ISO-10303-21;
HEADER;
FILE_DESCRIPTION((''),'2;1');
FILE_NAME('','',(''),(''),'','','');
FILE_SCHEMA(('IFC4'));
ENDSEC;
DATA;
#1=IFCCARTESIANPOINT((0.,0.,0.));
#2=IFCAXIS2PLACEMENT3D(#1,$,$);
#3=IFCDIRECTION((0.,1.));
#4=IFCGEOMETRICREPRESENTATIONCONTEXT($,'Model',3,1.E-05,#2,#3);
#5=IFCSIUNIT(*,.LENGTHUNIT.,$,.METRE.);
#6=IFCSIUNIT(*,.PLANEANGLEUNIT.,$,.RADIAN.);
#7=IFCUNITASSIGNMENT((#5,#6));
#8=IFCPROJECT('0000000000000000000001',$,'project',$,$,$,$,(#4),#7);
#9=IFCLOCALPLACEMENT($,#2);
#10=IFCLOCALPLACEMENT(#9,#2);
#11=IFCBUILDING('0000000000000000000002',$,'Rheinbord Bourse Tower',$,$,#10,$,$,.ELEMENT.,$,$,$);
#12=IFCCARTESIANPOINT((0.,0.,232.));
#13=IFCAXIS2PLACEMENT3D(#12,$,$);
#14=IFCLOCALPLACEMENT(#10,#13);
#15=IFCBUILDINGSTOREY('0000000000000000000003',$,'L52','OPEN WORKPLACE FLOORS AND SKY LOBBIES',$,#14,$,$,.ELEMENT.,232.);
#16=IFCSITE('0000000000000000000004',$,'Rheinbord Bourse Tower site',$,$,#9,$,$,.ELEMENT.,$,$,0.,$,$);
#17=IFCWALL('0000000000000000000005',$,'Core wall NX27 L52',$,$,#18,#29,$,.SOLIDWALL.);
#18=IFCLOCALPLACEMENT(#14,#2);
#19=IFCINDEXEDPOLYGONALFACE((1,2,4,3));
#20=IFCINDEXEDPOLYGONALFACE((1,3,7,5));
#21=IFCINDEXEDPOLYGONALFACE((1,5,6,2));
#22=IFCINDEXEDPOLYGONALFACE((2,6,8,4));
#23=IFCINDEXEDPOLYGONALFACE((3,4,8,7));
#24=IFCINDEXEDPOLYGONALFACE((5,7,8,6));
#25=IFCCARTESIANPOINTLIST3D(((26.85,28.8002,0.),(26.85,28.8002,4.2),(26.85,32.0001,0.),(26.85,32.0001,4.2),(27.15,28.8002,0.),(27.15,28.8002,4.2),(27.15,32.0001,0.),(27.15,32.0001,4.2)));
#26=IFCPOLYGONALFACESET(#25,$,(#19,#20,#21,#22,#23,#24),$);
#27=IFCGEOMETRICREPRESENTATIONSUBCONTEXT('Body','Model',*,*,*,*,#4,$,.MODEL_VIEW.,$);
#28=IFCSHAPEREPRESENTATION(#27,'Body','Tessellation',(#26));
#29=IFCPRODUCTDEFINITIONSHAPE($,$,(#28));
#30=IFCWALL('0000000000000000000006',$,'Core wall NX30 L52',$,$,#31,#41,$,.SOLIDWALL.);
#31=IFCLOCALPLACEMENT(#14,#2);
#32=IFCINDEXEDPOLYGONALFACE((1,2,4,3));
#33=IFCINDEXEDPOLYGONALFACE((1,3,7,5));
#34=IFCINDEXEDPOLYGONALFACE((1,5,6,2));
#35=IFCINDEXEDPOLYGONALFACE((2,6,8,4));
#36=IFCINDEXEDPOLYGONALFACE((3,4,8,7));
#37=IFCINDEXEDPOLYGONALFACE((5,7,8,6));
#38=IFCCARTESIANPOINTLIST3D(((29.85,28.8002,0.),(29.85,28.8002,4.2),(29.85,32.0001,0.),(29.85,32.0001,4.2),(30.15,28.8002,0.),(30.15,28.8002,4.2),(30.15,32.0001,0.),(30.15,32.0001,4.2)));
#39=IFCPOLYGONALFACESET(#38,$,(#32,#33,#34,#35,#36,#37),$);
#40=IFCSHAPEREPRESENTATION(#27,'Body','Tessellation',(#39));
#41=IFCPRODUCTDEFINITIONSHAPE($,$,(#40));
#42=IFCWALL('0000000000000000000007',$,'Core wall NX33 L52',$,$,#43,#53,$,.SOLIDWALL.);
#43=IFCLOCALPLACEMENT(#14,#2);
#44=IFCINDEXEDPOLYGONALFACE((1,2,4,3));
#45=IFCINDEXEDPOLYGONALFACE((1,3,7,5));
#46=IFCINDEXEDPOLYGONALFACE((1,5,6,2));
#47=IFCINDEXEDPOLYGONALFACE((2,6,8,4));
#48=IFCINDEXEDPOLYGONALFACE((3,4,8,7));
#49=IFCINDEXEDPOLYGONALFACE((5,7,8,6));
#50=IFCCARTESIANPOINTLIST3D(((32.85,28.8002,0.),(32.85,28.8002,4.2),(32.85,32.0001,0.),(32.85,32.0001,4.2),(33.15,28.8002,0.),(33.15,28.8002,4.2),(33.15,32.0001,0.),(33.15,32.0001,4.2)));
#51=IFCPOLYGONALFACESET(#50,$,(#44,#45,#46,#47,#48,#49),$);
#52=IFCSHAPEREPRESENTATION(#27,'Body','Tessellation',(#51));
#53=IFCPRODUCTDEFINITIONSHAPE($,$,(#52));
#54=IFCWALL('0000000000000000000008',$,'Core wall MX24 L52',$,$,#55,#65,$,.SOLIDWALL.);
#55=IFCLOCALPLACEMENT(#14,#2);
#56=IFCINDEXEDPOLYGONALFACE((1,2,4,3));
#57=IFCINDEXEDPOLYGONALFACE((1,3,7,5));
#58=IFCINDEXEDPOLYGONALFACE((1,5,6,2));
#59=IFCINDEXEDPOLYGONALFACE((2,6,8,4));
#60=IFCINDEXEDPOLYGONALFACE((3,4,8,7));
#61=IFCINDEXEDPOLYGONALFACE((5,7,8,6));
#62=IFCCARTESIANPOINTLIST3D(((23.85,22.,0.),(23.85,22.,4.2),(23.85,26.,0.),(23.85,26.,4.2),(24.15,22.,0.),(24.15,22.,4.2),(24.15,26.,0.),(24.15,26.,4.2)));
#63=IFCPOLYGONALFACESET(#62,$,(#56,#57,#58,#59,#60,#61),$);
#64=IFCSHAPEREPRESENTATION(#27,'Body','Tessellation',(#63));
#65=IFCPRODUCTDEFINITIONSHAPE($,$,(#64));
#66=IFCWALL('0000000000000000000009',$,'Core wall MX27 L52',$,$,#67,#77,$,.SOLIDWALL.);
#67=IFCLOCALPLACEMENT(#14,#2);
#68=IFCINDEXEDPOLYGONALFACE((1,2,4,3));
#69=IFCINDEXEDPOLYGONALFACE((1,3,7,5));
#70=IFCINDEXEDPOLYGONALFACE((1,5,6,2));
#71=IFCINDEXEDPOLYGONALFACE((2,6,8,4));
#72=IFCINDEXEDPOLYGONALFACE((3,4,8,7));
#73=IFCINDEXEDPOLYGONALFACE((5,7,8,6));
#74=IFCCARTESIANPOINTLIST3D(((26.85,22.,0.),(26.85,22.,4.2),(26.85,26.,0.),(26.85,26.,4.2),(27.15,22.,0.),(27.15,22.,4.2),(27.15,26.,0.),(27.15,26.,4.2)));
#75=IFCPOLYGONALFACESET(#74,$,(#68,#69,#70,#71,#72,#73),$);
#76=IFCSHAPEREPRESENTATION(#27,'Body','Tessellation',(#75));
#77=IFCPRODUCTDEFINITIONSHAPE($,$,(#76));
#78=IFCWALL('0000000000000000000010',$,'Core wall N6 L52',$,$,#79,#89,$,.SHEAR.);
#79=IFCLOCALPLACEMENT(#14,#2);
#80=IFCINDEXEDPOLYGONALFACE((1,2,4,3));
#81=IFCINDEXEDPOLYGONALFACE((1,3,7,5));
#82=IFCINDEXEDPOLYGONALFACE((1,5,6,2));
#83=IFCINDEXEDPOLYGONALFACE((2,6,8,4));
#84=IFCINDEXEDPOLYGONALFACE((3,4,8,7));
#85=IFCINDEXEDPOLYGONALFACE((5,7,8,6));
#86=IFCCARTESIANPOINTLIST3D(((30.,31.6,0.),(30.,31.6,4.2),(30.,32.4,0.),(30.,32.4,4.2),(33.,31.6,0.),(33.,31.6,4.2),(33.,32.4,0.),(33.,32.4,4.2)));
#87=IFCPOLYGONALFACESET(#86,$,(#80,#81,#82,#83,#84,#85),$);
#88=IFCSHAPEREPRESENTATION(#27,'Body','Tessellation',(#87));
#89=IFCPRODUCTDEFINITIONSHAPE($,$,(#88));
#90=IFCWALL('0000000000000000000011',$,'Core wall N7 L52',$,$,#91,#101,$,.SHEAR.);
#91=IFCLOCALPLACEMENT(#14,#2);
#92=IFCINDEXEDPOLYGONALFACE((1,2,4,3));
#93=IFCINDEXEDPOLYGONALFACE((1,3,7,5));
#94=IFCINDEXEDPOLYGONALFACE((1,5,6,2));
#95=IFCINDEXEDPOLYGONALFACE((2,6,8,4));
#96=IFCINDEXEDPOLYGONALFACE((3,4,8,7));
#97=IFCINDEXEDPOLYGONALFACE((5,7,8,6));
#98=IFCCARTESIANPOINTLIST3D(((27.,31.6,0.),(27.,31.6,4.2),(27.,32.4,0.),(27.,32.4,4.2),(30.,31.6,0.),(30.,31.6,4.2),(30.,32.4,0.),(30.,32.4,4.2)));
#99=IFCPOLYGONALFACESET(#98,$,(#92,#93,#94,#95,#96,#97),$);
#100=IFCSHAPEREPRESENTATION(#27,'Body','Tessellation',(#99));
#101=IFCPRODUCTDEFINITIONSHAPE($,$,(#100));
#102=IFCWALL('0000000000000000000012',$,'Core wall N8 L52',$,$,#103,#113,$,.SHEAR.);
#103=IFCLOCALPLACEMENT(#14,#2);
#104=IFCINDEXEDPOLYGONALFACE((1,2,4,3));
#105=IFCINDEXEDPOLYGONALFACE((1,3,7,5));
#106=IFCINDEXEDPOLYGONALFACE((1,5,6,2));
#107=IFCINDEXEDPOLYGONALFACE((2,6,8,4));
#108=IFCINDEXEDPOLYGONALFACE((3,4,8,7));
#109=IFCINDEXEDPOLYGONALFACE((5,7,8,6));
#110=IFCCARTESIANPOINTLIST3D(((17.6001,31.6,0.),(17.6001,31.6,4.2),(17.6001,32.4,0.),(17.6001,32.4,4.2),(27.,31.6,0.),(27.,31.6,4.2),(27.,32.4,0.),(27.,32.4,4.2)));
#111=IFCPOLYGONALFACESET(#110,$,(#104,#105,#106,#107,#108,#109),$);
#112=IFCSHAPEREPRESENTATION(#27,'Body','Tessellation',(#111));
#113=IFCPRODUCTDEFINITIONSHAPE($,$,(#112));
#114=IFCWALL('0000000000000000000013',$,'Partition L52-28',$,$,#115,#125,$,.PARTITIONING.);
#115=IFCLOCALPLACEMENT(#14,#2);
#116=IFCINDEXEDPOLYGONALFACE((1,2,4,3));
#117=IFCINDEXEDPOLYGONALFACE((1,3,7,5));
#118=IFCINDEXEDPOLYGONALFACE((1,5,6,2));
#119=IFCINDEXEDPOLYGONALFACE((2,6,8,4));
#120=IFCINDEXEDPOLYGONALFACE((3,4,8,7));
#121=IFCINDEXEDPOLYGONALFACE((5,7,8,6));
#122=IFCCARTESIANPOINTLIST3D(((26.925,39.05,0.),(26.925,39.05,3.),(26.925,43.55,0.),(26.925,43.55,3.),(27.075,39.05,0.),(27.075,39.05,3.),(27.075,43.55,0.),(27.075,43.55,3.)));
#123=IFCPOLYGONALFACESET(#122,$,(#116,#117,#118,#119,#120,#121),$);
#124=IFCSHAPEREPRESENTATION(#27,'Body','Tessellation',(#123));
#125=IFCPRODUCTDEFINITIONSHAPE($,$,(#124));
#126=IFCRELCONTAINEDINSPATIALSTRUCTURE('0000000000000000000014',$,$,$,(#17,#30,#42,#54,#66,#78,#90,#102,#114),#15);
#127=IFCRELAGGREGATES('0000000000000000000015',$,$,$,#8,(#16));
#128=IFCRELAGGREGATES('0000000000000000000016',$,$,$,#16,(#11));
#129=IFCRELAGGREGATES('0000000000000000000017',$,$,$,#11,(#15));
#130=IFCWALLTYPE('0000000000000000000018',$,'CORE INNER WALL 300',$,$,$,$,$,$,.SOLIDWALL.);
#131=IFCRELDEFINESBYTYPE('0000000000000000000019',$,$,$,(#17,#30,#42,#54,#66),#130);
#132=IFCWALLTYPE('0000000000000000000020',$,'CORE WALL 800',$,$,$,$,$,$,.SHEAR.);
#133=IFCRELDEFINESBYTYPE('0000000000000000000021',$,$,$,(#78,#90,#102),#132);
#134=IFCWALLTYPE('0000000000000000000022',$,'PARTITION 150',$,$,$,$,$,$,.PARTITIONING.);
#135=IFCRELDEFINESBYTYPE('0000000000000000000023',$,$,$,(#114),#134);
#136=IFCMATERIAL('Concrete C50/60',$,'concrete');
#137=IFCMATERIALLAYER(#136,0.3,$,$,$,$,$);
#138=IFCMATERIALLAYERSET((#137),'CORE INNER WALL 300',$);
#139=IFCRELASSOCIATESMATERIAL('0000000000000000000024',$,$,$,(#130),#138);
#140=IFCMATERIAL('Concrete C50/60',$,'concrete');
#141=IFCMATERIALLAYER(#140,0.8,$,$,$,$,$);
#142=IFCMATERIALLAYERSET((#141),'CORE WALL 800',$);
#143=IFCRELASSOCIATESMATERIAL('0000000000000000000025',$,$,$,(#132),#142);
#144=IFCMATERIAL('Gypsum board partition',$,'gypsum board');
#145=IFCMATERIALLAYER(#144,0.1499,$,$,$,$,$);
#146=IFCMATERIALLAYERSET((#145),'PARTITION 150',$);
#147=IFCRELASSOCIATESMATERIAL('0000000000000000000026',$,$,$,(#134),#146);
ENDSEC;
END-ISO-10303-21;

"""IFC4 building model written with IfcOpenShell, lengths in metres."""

from ifc_helpers import new_model, si_unit, direction, frame, frame_2d, origin, place, context, subcontext, project, spatial, rectangle, extrude, material, layer, layer_set, type_object, element, save


model = new_model("IFC4")

# Units and contexts
model_context = context("Model", 3, precision=1e-05, world=origin(), true_north=direction((0.0, 1.0)))
body_context = subcontext(model_context, "Body", "Model", "MODEL_VIEW")
ifc_project = project(units=[si_unit("LENGTHUNIT", "METRE"), si_unit("PLANEANGLEUNIT", "RADIAN")], contexts=[model_context])

# Site, building, storey
site_placement = place(None, origin())
site = spatial("IfcSite", under=ifc_project, at=site_placement, Name="Rheinbord Bourse Tower site", CompositionType="ELEMENT", RefElevation=0.0)
building_placement = place(site_placement, origin())
building = spatial("IfcBuilding", under=site, at=building_placement, Name="Rheinbord Bourse Tower", CompositionType="ELEMENT")
storey_placement = place(building_placement, frame((0.0, 0.0, 232.0)))
storey = spatial("IfcBuildingStorey", under=building, at=storey_placement, Name="L52", Description="OPEN WORKPLACE FLOORS AND SKY LOBBIES", CompositionType="ELEMENT", Elevation=232.0)

# Shared definitions
ifc_material_1 = material(Name="Concrete C50/60", Category="concrete")
ifc_layer_1 = layer(ifc_material_1, 0.3)
ifc_layer_set_1 = layer_set([ifc_layer_1], Name="CORE INNER WALL 300")
wall_type_1 = type_object("IfcWallType", Name="CORE INNER WALL 300", PredefinedType="SOLIDWALL", material=ifc_layer_set_1)

# Walls
for number, where, z_axis, x_axis, name in (
    (1, (27.0, 28.8, 0.0), (0.0, 0.0, 1.0), (0.0, 1.0, 0.0), "Core wall NX27 L52"),
    (2, (30.0, 28.8, 0.0), (0.0, 0.0, 1.0), (0.0, 1.0, 0.0), "Core wall NX30 L52"),
    (3, (33.0, 28.8, 0.0), (0.0, 0.0, 1.0), (0.0, 1.0, 0.0), "Core wall NX33 L52"),
):
    element("IfcWall", number, at=place(storey_placement, frame(where, z_axis=z_axis, x_axis=x_axis)), inside=storey, type_object=wall_type_1, Name=name, PredefinedType="SOLIDWALL", context=body_context, shape_type="SweptSolid", body=[
        extrude(rectangle(XDim=3.2, YDim=0.3, at=frame_2d((1.6001, 0.0))), origin(), (0.0, 0.0, 1.0), 4.2),
    ])
for number, where, z_axis, x_axis, name in (
    (4, (24.0, 22.0, 0.0), (0.0, 0.0, 1.0), (0.0, 1.0, 0.0), "Core wall MX24 L52"),
    (5, (27.0, 22.0, 0.0), (0.0, 0.0, 1.0), (0.0, 1.0, 0.0), "Core wall MX27 L52"),
):
    element("IfcWall", number, at=place(storey_placement, frame(where, z_axis=z_axis, x_axis=x_axis)), inside=storey, type_object=wall_type_1, Name=name, PredefinedType="SOLIDWALL", context=body_context, shape_type="SweptSolid", body=[
        extrude(rectangle(XDim=4.0, YDim=0.3, at=frame_2d((2.0, 0.0))), origin(), (0.0, 0.0, 1.0), 4.2),
    ])
ifc_material_2 = material(Name="Concrete C50/60", Category="concrete")
ifc_layer_2 = layer(ifc_material_2, 0.8)
ifc_layer_set_2 = layer_set([ifc_layer_2], Name="CORE WALL 800")
wall_type_2 = type_object("IfcWallType", Name="CORE WALL 800", PredefinedType="SHEAR", material=ifc_layer_set_2)
for number, where, z_axis, x_axis, name in (
    (6, (33.0, 32.0, 0.0), (0.0, 0.0, 1.0), (-1.0, 0.0, 0.0), "Core wall N6 L52"),
    (7, (30.0, 32.0, 0.0), (0.0, 0.0, 1.0), (-1.0, 0.0, 0.0), "Core wall N7 L52"),
):
    element("IfcWall", number, at=place(storey_placement, frame(where, z_axis=z_axis, x_axis=x_axis)), inside=storey, type_object=wall_type_2, Name=name, PredefinedType="SHEAR", context=body_context, shape_type="SweptSolid", body=[
        extrude(rectangle(XDim=3.0, YDim=0.8, at=frame_2d((1.5, 0.0))), origin(), (0.0, 0.0, 1.0), 4.2),
    ])
wall_1_placement = place(storey_placement, frame((27.0, 32.0, 0.0), z_axis=(0.0, 0.0, 1.0), x_axis=(-1.0, 0.0, 0.0)))
element("IfcWall", 8, at=wall_1_placement, inside=storey, type_object=wall_type_2, Name="Core wall N8 L52", PredefinedType="SHEAR", context=body_context, shape_type="SweptSolid", body=[
    extrude(rectangle(XDim=9.3999, YDim=0.8, at=frame_2d((4.7, 0.0))), origin(), (0.0, 0.0, 1.0), 4.2),
])
ifc_material_3 = material(Name="Gypsum board partition", Category="gypsum board")
ifc_layer_3 = layer(ifc_material_3, 0.1499)
ifc_layer_set_3 = layer_set([ifc_layer_3], Name="PARTITION 150")
wall_type_3 = type_object("IfcWallType", Name="PARTITION 150", PredefinedType="PARTITIONING", material=ifc_layer_set_3)
wall_2_placement = place(storey_placement, frame((27.0, 39.05, 0.0), z_axis=(0.0, 0.0, 1.0), x_axis=(0.0, 1.0, 0.0)))
element("IfcWall", 9, at=wall_2_placement, inside=storey, type_object=wall_type_3, Name="Partition L52-28", PredefinedType="PARTITIONING", context=body_context, shape_type="SweptSolid", body=[
    extrude(rectangle(XDim=4.5, YDim=0.1499, at=frame_2d((2.25, 0.0))), origin(), (0.0, 0.0, 1.0), 3.0),
])

save(model, "model.ifc")
